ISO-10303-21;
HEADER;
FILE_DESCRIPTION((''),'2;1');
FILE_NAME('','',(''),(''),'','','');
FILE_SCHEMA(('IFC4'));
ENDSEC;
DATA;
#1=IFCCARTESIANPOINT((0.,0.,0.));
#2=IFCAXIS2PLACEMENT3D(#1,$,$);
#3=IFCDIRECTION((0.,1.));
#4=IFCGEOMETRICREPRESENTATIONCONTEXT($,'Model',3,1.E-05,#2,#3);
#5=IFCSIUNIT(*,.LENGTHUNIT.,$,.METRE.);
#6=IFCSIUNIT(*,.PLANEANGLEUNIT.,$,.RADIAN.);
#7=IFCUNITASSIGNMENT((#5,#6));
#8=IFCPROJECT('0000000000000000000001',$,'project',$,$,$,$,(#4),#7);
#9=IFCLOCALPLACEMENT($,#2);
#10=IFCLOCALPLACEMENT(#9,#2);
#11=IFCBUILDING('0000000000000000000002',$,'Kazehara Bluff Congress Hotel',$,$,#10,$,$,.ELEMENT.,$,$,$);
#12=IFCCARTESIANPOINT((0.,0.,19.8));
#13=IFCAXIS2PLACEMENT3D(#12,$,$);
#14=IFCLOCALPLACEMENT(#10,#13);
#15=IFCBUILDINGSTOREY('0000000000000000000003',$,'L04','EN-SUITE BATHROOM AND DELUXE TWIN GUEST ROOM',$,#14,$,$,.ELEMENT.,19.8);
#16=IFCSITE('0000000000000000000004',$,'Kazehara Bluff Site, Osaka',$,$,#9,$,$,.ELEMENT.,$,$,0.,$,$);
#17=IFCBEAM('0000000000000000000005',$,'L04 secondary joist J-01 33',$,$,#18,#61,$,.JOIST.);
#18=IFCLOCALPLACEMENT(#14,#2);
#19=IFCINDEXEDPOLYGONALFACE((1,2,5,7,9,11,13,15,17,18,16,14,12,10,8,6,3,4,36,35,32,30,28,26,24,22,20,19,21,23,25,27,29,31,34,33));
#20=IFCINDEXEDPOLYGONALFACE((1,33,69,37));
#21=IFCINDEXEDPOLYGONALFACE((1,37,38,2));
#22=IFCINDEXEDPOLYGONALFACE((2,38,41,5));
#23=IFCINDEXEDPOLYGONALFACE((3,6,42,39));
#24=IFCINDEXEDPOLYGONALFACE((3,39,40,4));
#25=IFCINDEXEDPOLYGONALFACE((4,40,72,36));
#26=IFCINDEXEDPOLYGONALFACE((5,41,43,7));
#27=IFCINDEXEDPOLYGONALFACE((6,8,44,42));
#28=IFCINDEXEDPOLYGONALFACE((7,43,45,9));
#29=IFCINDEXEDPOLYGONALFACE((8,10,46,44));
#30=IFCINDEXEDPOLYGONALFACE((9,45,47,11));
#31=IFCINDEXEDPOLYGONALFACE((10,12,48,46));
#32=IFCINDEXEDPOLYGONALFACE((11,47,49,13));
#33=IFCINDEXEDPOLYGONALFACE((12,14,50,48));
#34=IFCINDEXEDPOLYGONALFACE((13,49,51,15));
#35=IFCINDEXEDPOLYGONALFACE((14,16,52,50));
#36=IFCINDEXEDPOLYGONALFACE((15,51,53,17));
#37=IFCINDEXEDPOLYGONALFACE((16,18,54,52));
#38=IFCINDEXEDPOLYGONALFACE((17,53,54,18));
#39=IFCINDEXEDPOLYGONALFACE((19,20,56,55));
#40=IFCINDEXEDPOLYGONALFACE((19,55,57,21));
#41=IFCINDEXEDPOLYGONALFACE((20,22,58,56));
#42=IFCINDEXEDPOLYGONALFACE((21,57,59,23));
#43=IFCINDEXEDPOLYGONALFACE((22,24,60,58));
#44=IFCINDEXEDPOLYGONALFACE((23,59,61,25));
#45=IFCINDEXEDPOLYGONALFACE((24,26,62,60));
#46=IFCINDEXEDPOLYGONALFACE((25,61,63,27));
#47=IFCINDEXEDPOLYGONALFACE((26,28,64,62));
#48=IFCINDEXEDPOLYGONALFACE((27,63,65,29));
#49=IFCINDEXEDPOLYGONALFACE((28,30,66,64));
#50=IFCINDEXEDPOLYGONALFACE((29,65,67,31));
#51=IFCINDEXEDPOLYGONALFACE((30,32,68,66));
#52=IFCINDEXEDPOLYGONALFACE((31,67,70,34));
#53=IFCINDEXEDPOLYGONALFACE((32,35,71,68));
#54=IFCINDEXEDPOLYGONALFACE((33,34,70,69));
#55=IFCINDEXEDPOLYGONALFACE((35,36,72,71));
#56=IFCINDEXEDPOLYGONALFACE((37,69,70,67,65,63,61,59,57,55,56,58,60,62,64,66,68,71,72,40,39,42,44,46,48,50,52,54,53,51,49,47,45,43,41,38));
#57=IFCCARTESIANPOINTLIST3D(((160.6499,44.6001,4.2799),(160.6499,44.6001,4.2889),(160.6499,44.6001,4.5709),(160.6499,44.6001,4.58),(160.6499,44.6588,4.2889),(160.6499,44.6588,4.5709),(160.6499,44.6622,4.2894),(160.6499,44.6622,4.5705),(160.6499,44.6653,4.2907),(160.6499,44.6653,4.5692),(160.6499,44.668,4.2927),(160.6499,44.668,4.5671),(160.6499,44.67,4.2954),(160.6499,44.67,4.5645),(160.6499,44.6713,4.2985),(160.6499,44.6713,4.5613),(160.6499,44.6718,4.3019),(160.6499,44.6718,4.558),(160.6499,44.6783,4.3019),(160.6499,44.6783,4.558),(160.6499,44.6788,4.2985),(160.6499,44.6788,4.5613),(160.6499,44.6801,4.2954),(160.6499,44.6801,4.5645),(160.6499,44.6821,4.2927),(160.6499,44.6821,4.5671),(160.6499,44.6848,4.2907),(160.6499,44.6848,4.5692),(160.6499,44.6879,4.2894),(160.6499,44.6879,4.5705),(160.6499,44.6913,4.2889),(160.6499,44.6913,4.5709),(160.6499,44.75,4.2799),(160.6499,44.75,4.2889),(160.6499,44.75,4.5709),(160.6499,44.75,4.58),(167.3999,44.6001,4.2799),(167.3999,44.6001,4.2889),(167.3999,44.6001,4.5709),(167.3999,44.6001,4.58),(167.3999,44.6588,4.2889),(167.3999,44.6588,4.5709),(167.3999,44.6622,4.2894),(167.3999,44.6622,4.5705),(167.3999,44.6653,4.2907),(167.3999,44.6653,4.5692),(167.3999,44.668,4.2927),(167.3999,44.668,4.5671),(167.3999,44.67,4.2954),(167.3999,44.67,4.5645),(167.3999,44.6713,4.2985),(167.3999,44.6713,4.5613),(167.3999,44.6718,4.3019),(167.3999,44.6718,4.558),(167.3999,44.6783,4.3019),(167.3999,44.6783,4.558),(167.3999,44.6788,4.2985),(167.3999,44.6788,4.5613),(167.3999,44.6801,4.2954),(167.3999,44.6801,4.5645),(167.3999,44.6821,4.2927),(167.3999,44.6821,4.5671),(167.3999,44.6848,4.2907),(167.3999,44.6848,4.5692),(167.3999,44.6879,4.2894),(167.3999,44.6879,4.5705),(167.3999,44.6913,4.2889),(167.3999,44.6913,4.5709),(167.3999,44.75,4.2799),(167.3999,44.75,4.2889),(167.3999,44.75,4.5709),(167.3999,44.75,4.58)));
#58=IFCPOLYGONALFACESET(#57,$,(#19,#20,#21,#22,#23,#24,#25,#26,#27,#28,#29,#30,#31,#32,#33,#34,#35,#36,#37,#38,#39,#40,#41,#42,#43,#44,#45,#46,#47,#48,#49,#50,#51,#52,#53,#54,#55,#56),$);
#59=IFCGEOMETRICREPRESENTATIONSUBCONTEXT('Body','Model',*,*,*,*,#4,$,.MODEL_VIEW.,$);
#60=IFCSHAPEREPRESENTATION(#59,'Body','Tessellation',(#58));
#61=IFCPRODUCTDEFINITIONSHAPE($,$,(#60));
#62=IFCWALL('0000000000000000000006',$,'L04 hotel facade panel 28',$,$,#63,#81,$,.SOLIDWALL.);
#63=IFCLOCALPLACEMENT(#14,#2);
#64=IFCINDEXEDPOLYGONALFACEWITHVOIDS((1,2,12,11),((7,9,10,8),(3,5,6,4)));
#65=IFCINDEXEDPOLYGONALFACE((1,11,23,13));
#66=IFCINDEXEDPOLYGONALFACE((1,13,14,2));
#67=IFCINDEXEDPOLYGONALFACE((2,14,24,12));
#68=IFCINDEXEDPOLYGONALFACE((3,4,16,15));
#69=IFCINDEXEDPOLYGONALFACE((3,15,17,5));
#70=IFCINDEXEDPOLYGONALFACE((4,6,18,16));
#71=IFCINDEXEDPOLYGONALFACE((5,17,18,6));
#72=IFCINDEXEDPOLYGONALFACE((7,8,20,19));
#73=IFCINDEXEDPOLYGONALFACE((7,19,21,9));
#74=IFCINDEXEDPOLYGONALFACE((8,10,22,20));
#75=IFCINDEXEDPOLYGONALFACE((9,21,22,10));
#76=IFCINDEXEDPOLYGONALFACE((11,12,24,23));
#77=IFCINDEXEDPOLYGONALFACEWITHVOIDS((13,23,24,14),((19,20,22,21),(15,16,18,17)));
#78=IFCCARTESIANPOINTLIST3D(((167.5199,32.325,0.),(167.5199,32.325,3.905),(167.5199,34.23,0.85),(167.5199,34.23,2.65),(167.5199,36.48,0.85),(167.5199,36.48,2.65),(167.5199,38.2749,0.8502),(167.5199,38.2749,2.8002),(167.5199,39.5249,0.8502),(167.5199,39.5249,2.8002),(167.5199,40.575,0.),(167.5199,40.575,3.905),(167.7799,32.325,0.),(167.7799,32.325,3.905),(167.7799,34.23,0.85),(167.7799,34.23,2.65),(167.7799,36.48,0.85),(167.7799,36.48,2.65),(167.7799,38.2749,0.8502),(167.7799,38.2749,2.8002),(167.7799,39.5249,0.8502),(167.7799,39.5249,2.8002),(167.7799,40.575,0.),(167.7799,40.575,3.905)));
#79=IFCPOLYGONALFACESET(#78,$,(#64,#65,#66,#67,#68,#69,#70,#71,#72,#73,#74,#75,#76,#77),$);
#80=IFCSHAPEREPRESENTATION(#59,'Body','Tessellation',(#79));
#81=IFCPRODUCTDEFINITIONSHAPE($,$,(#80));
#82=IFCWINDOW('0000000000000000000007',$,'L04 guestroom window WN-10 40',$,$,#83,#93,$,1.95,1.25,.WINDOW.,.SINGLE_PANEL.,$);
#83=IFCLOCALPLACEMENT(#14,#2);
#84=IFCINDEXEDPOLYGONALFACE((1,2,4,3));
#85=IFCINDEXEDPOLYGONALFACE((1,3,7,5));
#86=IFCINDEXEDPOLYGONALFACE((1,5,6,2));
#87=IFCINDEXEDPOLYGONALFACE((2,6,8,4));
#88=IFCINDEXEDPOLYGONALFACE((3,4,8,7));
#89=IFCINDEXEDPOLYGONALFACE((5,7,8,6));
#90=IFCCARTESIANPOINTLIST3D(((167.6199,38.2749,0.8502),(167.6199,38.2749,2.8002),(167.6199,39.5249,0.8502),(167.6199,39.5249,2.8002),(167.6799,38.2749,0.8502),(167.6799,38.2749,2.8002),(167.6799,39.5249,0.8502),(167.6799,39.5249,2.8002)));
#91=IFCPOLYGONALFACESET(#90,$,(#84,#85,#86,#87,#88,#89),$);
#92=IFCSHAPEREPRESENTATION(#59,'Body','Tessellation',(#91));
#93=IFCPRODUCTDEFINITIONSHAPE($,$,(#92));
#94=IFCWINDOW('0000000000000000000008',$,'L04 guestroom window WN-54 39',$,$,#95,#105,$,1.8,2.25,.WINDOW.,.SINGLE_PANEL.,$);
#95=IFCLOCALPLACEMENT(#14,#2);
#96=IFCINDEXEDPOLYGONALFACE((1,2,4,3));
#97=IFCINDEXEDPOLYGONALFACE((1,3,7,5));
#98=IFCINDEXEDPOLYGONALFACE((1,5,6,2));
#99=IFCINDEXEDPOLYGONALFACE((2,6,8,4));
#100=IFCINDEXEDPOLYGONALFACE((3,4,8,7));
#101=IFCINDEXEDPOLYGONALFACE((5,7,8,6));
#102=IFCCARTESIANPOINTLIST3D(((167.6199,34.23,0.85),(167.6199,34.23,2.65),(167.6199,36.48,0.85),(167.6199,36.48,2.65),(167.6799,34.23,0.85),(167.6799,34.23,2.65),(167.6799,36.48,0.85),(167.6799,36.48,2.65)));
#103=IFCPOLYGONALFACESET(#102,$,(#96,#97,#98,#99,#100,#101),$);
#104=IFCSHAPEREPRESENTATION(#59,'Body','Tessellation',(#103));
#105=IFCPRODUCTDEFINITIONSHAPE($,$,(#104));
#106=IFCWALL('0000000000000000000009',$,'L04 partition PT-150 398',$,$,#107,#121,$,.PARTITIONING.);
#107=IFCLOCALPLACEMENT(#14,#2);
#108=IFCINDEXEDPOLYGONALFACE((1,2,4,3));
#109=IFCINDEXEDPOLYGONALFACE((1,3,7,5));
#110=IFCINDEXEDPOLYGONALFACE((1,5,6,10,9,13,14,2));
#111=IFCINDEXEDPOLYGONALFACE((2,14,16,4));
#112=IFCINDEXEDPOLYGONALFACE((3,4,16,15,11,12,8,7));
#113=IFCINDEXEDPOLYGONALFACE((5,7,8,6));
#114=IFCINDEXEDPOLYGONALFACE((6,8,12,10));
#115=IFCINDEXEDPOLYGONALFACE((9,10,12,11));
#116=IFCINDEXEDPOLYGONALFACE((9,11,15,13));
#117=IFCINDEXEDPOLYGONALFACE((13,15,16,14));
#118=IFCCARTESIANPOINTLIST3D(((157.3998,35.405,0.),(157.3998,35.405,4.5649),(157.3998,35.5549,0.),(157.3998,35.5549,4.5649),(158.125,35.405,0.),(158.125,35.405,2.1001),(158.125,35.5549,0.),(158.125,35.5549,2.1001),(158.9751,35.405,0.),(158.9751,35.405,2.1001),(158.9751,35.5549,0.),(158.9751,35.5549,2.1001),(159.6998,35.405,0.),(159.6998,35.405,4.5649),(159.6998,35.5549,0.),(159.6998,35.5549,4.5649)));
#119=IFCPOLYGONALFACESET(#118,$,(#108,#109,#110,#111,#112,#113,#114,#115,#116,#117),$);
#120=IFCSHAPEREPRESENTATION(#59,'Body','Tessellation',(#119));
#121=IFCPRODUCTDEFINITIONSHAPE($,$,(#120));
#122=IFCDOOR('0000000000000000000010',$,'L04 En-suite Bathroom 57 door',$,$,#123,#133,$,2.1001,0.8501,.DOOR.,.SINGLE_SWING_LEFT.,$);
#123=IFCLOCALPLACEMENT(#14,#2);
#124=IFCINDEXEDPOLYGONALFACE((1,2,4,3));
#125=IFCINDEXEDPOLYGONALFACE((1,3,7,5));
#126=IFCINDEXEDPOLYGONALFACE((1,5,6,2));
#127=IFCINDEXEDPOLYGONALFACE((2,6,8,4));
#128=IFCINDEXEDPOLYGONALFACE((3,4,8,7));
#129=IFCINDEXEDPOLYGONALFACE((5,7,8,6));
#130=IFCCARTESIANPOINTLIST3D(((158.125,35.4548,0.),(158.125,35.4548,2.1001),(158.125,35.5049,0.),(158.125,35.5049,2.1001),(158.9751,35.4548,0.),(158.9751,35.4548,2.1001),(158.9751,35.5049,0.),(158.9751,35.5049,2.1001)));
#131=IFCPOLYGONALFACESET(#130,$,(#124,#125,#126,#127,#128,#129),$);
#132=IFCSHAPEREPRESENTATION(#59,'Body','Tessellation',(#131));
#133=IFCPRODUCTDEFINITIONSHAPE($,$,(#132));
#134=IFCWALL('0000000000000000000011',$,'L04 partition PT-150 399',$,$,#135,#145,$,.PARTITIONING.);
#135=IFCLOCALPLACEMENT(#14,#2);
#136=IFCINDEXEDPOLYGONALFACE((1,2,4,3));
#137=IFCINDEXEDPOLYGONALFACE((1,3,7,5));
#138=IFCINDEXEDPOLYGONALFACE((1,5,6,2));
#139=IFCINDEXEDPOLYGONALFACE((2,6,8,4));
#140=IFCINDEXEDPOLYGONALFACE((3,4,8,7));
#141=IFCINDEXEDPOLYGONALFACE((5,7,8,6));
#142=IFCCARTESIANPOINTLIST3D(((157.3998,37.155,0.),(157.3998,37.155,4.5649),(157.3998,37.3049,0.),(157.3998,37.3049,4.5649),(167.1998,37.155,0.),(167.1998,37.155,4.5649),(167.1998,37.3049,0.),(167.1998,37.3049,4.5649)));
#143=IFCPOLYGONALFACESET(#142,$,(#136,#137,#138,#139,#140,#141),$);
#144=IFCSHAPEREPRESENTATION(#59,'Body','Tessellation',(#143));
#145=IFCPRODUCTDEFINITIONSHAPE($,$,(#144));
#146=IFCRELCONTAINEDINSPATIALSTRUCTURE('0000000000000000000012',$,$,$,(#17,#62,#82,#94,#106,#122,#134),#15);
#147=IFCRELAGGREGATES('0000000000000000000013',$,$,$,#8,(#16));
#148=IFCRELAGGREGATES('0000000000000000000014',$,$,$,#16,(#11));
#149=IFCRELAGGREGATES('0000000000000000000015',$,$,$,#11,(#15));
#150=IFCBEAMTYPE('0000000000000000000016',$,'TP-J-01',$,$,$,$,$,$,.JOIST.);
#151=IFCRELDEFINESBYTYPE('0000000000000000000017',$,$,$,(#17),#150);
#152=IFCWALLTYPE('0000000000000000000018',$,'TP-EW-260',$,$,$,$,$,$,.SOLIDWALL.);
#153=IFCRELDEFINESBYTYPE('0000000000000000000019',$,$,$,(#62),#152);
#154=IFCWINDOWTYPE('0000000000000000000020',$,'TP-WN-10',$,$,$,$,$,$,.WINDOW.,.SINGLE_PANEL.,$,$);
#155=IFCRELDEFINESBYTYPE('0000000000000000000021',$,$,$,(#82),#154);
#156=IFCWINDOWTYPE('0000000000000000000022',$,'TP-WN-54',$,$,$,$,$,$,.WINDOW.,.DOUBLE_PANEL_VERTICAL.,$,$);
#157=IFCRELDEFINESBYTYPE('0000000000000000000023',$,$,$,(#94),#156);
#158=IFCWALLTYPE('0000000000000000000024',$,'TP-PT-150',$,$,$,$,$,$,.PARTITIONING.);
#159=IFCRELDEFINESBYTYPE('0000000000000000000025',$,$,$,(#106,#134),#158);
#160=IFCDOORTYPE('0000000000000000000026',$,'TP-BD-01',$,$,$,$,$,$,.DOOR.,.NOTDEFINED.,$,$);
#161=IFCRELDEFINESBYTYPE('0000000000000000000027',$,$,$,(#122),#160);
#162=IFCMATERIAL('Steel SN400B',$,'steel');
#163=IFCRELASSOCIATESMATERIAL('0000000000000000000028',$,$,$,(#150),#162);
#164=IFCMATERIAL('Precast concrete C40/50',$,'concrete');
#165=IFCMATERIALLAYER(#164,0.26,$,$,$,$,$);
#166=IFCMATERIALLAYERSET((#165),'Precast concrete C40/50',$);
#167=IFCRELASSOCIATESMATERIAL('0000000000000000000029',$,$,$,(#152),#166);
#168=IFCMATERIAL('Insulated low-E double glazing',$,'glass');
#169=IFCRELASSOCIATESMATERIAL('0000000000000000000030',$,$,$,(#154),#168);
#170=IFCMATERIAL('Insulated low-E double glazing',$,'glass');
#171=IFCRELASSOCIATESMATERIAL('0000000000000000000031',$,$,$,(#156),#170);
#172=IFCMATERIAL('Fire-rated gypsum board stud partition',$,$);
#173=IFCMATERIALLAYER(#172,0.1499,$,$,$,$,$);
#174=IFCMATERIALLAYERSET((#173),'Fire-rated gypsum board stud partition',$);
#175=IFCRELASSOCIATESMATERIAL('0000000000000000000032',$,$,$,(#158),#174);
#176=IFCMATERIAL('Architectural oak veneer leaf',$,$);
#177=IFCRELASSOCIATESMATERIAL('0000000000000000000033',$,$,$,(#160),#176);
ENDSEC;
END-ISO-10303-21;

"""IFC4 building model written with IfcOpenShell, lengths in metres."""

from ifc_helpers import new_model, si_unit, direction, frame, frame_2d, origin, origin_2d, place, context, subcontext, project, spatial, rectangle, i_section, extrude, material, layer, layer_set, material_profile, profile_set, type_object, element, fill, save


model = new_model("IFC4")

# Units and contexts
model_context = context("Model", 3, precision=1e-05, world=origin(), true_north=direction((0.0, 1.0)))
body_context = subcontext(model_context, "Body", "Model", "MODEL_VIEW")
ifc_project = project(units=[si_unit("LENGTHUNIT", "METRE"), si_unit("PLANEANGLEUNIT", "RADIAN")], contexts=[model_context])

# Site, building, storey
site_placement = place(None, origin())
site = spatial("IfcSite", under=ifc_project, at=site_placement, Name="Kazehara Bluff Site, Osaka", CompositionType="ELEMENT", RefElevation=0.0)
building_placement = place(site_placement, origin())
building = spatial("IfcBuilding", under=site, at=building_placement, Name="Kazehara Bluff Congress Hotel", CompositionType="ELEMENT")
storey_placement = place(building_placement, frame((0.0, 0.0, 19.8)))
storey = spatial("IfcBuildingStorey", under=building, at=storey_placement, Name="L04", Description="EN-SUITE BATHROOM AND DELUXE TWIN GUEST ROOM", CompositionType="ELEMENT", Elevation=19.8)

# Beam
ifc_material_1 = material(Name="Steel SN400B", Category="steel")
ifc_material_profile_1 = material_profile(ifc_material_1, i_section(OverallWidth=0.1499, OverallDepth=0.3, WebThickness=0.0066, FlangeThickness=0.009, FilletRadius=0.0129, at=origin_2d()))
ifc_profile_set_1 = profile_set([ifc_material_profile_1], Name="Steel SN400B")
beam_type_1 = type_object("IfcBeamType", Name="TP-J-01", PredefinedType="JOIST", material=ifc_profile_set_1)
for number, where, z_axis, x_axis, name in (
    (1, (160.6499, 44.675, 4.4299), (1.0, 0.0, 0.0), (0.0, 1.0, 0.0), "L04 secondary joist J-01 33"),
):
    element("IfcBeam", number, at=place(storey_placement, frame(where, z_axis=z_axis, x_axis=x_axis)), inside=storey, type_object=beam_type_1, Name=name, PredefinedType="JOIST", context=body_context, shape_type="SweptSolid", body=[
        extrude(i_section(OverallWidth=0.1499, OverallDepth=0.3, WebThickness=0.0066, FlangeThickness=0.009, FilletRadius=0.0129, at=origin_2d()), origin(), (0.0, 0.0, 1.0), 6.75),
    ])

# Wall, openings, windows
ifc_material_2 = material(Name="Precast concrete C40/50", Category="concrete")
ifc_layer_1 = layer(ifc_material_2, 0.26)
ifc_layer_set_1 = layer_set([ifc_layer_1], Name="Precast concrete C40/50")
wall_type_1 = type_object("IfcWallType", Name="TP-EW-260", PredefinedType="SOLIDWALL", material=ifc_layer_set_1)
wall_1_placement = place(storey_placement, frame((167.6499, 40.575, 0.0), z_axis=(0.0, 0.0, 1.0), x_axis=(0.0, -1.0, 0.0)))
wall_1 = element("IfcWall", 2, at=wall_1_placement, inside=storey, type_object=wall_type_1, Name="L04 hotel facade panel 28", PredefinedType="SOLIDWALL", context=body_context, shape_type="SweptSolid", body=[
    extrude(rectangle(XDim=8.25, YDim=0.26, at=frame_2d((4.125, 0.0))), origin(), (0.0, 0.0, 1.0), 3.905),
])
opening_1_placement = place(wall_1_placement, frame((4.095, 0.0, 0.8501)))
opening_1 = element("IfcOpeningElement", 3, at=opening_1_placement, cuts=wall_1, PredefinedType="OPENING", context=body_context, shape_type="SweptSolid", body=[
    extrude(rectangle(XDim=2.25, YDim=1.8, at=frame_2d((1.125, 0.8999))), frame((0.0, 0.1399, 0.0), z_axis=(0.0, -1.0, 0.0), x_axis=(1.0, 0.0, 0.0)), (0.0, 0.0, 1.0), 0.28),
])
opening_2_placement = place(wall_1_placement, frame((1.05, 0.0, 0.8501)))
opening_2 = element("IfcOpeningElement", 4, at=opening_2_placement, cuts=wall_1, PredefinedType="OPENING", context=body_context, shape_type="SweptSolid", body=[
    extrude(rectangle(XDim=1.25, YDim=1.95, at=frame_2d((0.625, 0.9751))), frame((0.0, 0.1399, 0.0), z_axis=(0.0, -1.0, 0.0), x_axis=(1.0, 0.0, 0.0)), (0.0, 0.0, 1.0), 0.28),
])
ifc_material_3 = material(Name="Insulated low-E double glazing", Category="glass")
window_type_1 = type_object("IfcWindowType", Name="TP-WN-10", PartitioningType="SINGLE_PANEL", PredefinedType="WINDOW", material=ifc_material_3)
window_1_placement = place(opening_2_placement, origin())
window_1 = element("IfcWindow", 5, at=window_1_placement, inside=storey, type_object=window_type_1, Name="L04 guestroom window WN-10 40", OverallHeight=1.95, OverallWidth=1.25, PartitioningType="SINGLE_PANEL", PredefinedType="WINDOW", context=body_context, shape_type="SweptSolid", body=[
    extrude(rectangle(XDim=1.25, YDim=1.95, at=frame_2d((0.625, 0.9751))), frame((0.0, 0.03, 0.0), z_axis=(0.0, -1.0, 0.0), x_axis=(1.0, 0.0, 0.0)), (0.0, 0.0, 1.0), 0.0601),
])
fill(opening_2, window_1)
ifc_material_4 = material(Name="Insulated low-E double glazing", Category="glass")
window_type_2 = type_object("IfcWindowType", Name="TP-WN-54", PartitioningType="DOUBLE_PANEL_VERTICAL", PredefinedType="WINDOW", material=ifc_material_4)
window_2_placement = place(opening_1_placement, origin())
window_2 = element("IfcWindow", 6, at=window_2_placement, inside=storey, type_object=window_type_2, Name="L04 guestroom window WN-54 39", OverallHeight=1.8, OverallWidth=2.25, PartitioningType="SINGLE_PANEL", PredefinedType="WINDOW", context=body_context, shape_type="SweptSolid", body=[
    extrude(rectangle(XDim=2.25, YDim=1.8, at=frame_2d((1.125, 0.8999))), frame((0.0, 0.03, 0.0), z_axis=(0.0, -1.0, 0.0), x_axis=(1.0, 0.0, 0.0)), (0.0, 0.0, 1.0), 0.0601),
])
fill(opening_1, window_2)

# Wall, opening, door
ifc_material_5 = material(Name="Fire-rated gypsum board stud partition")
ifc_layer_2 = layer(ifc_material_5, 0.1499)
ifc_layer_set_2 = layer_set([ifc_layer_2], Name="Fire-rated gypsum board stud partition")
wall_type_2 = type_object("IfcWallType", Name="TP-PT-150", PredefinedType="PARTITIONING", material=ifc_layer_set_2)
wall_2_placement = place(storey_placement, frame((157.3999, 35.48, 0.0), z_axis=(0.0, 0.0, 1.0), x_axis=(1.0, 0.0, 0.0)))
wall_2 = element("IfcWall", 7, at=wall_2_placement, inside=storey, type_object=wall_type_2, Name="L04 partition PT-150 398", PredefinedType="PARTITIONING", context=body_context, shape_type="SweptSolid", body=[
    extrude(rectangle(XDim=2.3, YDim=0.1499, at=frame_2d((1.1499, 0.0))), origin(), (0.0, 0.0, 1.0), 4.5649),
])
opening_3_placement = place(wall_2_placement, frame((0.7251, 0.0, 0.0)))
opening_3 = element("IfcOpeningElement", 8, at=opening_3_placement, cuts=wall_2, PredefinedType="OPENING", context=body_context, shape_type="SweptSolid", body=[
    extrude(rectangle(XDim=0.8501, YDim=2.1001, at=frame_2d((0.425, 1.05))), frame((0.0, 0.085, 0.0), z_axis=(0.0, -1.0, 0.0), x_axis=(1.0, 0.0, 0.0)), (0.0, 0.0, 1.0), 0.1699),
])
ifc_material_6 = material(Name="Architectural oak veneer leaf")
door_type = type_object("IfcDoorType", Name="TP-BD-01", OperationType="NOTDEFINED", PredefinedType="DOOR", material=ifc_material_6)
door_1_placement = place(opening_3_placement, origin())
door_1 = element("IfcDoor", 9, at=door_1_placement, inside=storey, type_object=door_type, Name="L04 En-suite Bathroom 57 door", OperationType="SINGLE_SWING_LEFT", OverallHeight=2.1001, OverallWidth=0.8501, PredefinedType="DOOR", context=body_context, shape_type="SweptSolid", body=[
    extrude(rectangle(XDim=0.8501, YDim=2.1001, at=frame_2d((0.425, 1.05))), frame((0.0, 0.0249, 0.0), z_axis=(0.0, -1.0, 0.0), x_axis=(1.0, 0.0, 0.0)), (0.0, 0.0, 1.0), 0.05),
])
fill(opening_3, door_1)

# Wall
wall_3_placement = place(storey_placement, frame((157.3999, 37.23, 0.0), z_axis=(0.0, 0.0, 1.0), x_axis=(1.0, 0.0, 0.0)))
element("IfcWall", 10, at=wall_3_placement, inside=storey, type_object=wall_type_2, Name="L04 partition PT-150 399", PredefinedType="PARTITIONING", context=body_context, shape_type="SweptSolid", body=[
    extrude(rectangle(XDim=9.8, YDim=0.1499, at=frame_2d((4.8999, 0.0))), origin(), (0.0, 0.0, 1.0), 4.5649),
])

save(model, "model.ifc")
